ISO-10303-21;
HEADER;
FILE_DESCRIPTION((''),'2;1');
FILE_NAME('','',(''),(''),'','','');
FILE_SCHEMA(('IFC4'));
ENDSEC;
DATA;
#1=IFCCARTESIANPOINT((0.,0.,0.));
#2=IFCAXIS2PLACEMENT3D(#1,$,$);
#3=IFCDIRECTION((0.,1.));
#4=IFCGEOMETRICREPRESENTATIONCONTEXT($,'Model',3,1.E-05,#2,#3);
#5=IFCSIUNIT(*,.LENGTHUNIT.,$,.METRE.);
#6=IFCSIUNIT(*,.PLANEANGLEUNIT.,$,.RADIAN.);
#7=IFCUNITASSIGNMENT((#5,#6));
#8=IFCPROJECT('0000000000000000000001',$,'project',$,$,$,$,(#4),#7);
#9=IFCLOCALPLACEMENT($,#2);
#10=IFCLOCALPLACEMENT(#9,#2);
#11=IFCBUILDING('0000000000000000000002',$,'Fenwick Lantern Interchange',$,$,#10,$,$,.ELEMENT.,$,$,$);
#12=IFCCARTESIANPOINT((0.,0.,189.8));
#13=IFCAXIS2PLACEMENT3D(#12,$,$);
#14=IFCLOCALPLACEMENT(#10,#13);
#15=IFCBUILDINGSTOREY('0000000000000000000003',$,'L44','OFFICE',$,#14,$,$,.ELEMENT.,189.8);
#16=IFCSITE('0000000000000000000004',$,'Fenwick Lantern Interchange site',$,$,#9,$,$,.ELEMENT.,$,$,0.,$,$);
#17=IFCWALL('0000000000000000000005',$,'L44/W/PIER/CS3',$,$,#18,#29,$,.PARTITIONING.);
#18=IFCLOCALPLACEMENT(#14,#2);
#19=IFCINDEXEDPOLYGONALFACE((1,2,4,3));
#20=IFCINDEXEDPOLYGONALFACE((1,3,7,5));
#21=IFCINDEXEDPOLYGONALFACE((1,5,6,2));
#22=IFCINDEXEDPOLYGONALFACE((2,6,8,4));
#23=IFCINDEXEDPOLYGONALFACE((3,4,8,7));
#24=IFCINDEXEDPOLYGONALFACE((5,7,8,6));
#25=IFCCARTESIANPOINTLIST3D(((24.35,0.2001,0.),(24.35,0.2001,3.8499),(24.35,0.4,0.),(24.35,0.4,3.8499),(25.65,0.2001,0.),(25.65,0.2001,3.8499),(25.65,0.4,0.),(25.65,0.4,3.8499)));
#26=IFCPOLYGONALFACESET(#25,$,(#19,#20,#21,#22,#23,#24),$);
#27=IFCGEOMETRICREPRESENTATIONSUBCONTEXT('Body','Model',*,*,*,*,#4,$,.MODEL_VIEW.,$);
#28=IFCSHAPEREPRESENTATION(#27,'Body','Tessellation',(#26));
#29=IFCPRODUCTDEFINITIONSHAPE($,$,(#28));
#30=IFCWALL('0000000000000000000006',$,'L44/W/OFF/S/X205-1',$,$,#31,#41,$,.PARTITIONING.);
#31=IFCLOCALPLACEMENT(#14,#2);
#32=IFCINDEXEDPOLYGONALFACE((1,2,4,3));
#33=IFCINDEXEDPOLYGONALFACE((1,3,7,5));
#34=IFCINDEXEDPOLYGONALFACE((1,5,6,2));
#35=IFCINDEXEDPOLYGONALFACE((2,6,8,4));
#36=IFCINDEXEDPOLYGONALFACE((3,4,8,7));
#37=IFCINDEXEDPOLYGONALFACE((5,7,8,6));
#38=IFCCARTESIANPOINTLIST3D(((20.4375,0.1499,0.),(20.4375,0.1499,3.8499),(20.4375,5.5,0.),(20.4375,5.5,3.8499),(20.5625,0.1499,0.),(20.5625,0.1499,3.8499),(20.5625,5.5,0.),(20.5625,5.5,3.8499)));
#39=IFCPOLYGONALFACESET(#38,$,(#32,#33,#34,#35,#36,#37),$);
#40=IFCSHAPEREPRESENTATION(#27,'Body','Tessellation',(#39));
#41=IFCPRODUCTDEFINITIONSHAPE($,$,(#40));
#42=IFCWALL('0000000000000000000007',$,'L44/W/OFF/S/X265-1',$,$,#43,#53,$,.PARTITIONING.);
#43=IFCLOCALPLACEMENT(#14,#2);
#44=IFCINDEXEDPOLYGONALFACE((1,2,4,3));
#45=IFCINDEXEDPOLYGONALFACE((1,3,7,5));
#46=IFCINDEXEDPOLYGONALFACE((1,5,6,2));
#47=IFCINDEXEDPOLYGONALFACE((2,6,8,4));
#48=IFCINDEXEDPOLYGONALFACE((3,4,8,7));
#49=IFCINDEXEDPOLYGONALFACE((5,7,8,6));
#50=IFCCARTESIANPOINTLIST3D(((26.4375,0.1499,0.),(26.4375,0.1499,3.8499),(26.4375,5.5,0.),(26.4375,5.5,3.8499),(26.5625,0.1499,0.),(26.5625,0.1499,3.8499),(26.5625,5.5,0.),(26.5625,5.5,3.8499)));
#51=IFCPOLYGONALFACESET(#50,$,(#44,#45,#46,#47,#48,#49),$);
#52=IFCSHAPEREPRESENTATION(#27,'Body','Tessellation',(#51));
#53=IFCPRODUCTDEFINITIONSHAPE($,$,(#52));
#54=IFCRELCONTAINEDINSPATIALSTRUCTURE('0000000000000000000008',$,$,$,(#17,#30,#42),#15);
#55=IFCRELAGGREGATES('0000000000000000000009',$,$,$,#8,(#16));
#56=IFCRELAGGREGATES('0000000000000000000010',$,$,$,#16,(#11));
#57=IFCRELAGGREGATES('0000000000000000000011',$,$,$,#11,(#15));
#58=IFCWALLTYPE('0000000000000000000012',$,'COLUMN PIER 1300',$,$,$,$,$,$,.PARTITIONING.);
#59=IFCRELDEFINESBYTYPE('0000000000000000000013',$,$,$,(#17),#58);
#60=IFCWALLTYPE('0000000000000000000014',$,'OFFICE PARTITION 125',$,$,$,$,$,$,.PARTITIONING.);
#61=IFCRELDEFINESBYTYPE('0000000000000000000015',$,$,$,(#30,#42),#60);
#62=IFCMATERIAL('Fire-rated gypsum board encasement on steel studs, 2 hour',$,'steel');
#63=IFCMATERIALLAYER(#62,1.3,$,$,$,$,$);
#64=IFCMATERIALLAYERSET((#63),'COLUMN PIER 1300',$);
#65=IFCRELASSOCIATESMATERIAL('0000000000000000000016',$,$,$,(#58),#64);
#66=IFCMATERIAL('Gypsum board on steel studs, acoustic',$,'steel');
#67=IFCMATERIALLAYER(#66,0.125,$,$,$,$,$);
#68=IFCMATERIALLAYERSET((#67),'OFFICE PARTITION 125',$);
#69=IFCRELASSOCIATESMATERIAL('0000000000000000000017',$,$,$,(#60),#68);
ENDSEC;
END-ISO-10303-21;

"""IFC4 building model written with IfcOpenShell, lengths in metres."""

from ifc_helpers import new_model, si_unit, direction, frame, frame_2d, origin, place, context, subcontext, project, spatial, rectangle, extrude, material, layer, layer_set, type_object, element, save


model = new_model("IFC4")

# Units and contexts
model_context = context("Model", 3, precision=1e-05, world=origin(), true_north=direction((0.0, 1.0)))
body_context = subcontext(model_context, "Body", "Model", "MODEL_VIEW")
ifc_project = project(units=[si_unit("LENGTHUNIT", "METRE"), si_unit("PLANEANGLEUNIT", "RADIAN")], contexts=[model_context])

# Site, building, storey
site_placement = place(None, origin())
site = spatial("IfcSite", under=ifc_project, at=site_placement, Name="Fenwick Lantern Interchange site", CompositionType="ELEMENT", RefElevation=0.0)
building_placement = place(site_placement, origin())
building = spatial("IfcBuilding", under=site, at=building_placement, Name="Fenwick Lantern Interchange", CompositionType="ELEMENT")
storey_placement = place(building_placement, frame((0.0, 0.0, 189.8)))
storey = spatial("IfcBuildingStorey", under=building, at=storey_placement, Name="L44", Description="OFFICE", CompositionType="ELEMENT", Elevation=189.8)

# Walls
ifc_material_1 = material(Name="Fire-rated gypsum board encasement on steel studs, 2 hour", Category="steel")
ifc_layer_1 = layer(ifc_material_1, 1.3)
ifc_layer_set_1 = layer_set([ifc_layer_1], Name="COLUMN PIER 1300")
wall_type_1 = type_object("IfcWallType", Name="COLUMN PIER 1300", PredefinedType="PARTITIONING", material=ifc_layer_set_1)
wall_placement = place(storey_placement, frame((25.0, 0.2, 0.0), z_axis=(0.0, 0.0, 1.0), x_axis=(0.0, 1.0, 0.0)))
element("IfcWall", 1, at=wall_placement, inside=storey, type_object=wall_type_1, Name="L44/W/PIER/CS3", PredefinedType="PARTITIONING", context=body_context, shape_type="SweptSolid", body=[
    extrude(rectangle(XDim=0.2, YDim=1.3, at=frame_2d((0.1001, 0.0))), origin(), (0.0, 0.0, 1.0), 3.8499),
])
ifc_material_2 = material(Name="Gypsum board on steel studs, acoustic", Category="steel")
ifc_layer_2 = layer(ifc_material_2, 0.125)
ifc_layer_set_2 = layer_set([ifc_layer_2], Name="OFFICE PARTITION 125")
wall_type_2 = type_object("IfcWallType", Name="OFFICE PARTITION 125", PredefinedType="PARTITIONING", material=ifc_layer_set_2)
for number, where, z_axis, x_axis, name in (
    (2, (20.5, 0.1499, 0.0), (0.0, 0.0, 1.0), (0.0, 1.0, 0.0), "L44/W/OFF/S/X205-1"),
    (3, (26.5, 0.1499, 0.0), (0.0, 0.0, 1.0), (0.0, 1.0, 0.0), "L44/W/OFF/S/X265-1"),
):
    element("IfcWall", number, at=place(storey_placement, frame(where, z_axis=z_axis, x_axis=x_axis)), inside=storey, type_object=wall_type_2, Name=name, PredefinedType="PARTITIONING", context=body_context, shape_type="SweptSolid", body=[
        extrude(rectangle(XDim=5.3501, YDim=0.125, at=frame_2d((2.675, 0.0))), origin(), (0.0, 0.0, 1.0), 3.8499),
    ])

save(model, "model.ifc")
